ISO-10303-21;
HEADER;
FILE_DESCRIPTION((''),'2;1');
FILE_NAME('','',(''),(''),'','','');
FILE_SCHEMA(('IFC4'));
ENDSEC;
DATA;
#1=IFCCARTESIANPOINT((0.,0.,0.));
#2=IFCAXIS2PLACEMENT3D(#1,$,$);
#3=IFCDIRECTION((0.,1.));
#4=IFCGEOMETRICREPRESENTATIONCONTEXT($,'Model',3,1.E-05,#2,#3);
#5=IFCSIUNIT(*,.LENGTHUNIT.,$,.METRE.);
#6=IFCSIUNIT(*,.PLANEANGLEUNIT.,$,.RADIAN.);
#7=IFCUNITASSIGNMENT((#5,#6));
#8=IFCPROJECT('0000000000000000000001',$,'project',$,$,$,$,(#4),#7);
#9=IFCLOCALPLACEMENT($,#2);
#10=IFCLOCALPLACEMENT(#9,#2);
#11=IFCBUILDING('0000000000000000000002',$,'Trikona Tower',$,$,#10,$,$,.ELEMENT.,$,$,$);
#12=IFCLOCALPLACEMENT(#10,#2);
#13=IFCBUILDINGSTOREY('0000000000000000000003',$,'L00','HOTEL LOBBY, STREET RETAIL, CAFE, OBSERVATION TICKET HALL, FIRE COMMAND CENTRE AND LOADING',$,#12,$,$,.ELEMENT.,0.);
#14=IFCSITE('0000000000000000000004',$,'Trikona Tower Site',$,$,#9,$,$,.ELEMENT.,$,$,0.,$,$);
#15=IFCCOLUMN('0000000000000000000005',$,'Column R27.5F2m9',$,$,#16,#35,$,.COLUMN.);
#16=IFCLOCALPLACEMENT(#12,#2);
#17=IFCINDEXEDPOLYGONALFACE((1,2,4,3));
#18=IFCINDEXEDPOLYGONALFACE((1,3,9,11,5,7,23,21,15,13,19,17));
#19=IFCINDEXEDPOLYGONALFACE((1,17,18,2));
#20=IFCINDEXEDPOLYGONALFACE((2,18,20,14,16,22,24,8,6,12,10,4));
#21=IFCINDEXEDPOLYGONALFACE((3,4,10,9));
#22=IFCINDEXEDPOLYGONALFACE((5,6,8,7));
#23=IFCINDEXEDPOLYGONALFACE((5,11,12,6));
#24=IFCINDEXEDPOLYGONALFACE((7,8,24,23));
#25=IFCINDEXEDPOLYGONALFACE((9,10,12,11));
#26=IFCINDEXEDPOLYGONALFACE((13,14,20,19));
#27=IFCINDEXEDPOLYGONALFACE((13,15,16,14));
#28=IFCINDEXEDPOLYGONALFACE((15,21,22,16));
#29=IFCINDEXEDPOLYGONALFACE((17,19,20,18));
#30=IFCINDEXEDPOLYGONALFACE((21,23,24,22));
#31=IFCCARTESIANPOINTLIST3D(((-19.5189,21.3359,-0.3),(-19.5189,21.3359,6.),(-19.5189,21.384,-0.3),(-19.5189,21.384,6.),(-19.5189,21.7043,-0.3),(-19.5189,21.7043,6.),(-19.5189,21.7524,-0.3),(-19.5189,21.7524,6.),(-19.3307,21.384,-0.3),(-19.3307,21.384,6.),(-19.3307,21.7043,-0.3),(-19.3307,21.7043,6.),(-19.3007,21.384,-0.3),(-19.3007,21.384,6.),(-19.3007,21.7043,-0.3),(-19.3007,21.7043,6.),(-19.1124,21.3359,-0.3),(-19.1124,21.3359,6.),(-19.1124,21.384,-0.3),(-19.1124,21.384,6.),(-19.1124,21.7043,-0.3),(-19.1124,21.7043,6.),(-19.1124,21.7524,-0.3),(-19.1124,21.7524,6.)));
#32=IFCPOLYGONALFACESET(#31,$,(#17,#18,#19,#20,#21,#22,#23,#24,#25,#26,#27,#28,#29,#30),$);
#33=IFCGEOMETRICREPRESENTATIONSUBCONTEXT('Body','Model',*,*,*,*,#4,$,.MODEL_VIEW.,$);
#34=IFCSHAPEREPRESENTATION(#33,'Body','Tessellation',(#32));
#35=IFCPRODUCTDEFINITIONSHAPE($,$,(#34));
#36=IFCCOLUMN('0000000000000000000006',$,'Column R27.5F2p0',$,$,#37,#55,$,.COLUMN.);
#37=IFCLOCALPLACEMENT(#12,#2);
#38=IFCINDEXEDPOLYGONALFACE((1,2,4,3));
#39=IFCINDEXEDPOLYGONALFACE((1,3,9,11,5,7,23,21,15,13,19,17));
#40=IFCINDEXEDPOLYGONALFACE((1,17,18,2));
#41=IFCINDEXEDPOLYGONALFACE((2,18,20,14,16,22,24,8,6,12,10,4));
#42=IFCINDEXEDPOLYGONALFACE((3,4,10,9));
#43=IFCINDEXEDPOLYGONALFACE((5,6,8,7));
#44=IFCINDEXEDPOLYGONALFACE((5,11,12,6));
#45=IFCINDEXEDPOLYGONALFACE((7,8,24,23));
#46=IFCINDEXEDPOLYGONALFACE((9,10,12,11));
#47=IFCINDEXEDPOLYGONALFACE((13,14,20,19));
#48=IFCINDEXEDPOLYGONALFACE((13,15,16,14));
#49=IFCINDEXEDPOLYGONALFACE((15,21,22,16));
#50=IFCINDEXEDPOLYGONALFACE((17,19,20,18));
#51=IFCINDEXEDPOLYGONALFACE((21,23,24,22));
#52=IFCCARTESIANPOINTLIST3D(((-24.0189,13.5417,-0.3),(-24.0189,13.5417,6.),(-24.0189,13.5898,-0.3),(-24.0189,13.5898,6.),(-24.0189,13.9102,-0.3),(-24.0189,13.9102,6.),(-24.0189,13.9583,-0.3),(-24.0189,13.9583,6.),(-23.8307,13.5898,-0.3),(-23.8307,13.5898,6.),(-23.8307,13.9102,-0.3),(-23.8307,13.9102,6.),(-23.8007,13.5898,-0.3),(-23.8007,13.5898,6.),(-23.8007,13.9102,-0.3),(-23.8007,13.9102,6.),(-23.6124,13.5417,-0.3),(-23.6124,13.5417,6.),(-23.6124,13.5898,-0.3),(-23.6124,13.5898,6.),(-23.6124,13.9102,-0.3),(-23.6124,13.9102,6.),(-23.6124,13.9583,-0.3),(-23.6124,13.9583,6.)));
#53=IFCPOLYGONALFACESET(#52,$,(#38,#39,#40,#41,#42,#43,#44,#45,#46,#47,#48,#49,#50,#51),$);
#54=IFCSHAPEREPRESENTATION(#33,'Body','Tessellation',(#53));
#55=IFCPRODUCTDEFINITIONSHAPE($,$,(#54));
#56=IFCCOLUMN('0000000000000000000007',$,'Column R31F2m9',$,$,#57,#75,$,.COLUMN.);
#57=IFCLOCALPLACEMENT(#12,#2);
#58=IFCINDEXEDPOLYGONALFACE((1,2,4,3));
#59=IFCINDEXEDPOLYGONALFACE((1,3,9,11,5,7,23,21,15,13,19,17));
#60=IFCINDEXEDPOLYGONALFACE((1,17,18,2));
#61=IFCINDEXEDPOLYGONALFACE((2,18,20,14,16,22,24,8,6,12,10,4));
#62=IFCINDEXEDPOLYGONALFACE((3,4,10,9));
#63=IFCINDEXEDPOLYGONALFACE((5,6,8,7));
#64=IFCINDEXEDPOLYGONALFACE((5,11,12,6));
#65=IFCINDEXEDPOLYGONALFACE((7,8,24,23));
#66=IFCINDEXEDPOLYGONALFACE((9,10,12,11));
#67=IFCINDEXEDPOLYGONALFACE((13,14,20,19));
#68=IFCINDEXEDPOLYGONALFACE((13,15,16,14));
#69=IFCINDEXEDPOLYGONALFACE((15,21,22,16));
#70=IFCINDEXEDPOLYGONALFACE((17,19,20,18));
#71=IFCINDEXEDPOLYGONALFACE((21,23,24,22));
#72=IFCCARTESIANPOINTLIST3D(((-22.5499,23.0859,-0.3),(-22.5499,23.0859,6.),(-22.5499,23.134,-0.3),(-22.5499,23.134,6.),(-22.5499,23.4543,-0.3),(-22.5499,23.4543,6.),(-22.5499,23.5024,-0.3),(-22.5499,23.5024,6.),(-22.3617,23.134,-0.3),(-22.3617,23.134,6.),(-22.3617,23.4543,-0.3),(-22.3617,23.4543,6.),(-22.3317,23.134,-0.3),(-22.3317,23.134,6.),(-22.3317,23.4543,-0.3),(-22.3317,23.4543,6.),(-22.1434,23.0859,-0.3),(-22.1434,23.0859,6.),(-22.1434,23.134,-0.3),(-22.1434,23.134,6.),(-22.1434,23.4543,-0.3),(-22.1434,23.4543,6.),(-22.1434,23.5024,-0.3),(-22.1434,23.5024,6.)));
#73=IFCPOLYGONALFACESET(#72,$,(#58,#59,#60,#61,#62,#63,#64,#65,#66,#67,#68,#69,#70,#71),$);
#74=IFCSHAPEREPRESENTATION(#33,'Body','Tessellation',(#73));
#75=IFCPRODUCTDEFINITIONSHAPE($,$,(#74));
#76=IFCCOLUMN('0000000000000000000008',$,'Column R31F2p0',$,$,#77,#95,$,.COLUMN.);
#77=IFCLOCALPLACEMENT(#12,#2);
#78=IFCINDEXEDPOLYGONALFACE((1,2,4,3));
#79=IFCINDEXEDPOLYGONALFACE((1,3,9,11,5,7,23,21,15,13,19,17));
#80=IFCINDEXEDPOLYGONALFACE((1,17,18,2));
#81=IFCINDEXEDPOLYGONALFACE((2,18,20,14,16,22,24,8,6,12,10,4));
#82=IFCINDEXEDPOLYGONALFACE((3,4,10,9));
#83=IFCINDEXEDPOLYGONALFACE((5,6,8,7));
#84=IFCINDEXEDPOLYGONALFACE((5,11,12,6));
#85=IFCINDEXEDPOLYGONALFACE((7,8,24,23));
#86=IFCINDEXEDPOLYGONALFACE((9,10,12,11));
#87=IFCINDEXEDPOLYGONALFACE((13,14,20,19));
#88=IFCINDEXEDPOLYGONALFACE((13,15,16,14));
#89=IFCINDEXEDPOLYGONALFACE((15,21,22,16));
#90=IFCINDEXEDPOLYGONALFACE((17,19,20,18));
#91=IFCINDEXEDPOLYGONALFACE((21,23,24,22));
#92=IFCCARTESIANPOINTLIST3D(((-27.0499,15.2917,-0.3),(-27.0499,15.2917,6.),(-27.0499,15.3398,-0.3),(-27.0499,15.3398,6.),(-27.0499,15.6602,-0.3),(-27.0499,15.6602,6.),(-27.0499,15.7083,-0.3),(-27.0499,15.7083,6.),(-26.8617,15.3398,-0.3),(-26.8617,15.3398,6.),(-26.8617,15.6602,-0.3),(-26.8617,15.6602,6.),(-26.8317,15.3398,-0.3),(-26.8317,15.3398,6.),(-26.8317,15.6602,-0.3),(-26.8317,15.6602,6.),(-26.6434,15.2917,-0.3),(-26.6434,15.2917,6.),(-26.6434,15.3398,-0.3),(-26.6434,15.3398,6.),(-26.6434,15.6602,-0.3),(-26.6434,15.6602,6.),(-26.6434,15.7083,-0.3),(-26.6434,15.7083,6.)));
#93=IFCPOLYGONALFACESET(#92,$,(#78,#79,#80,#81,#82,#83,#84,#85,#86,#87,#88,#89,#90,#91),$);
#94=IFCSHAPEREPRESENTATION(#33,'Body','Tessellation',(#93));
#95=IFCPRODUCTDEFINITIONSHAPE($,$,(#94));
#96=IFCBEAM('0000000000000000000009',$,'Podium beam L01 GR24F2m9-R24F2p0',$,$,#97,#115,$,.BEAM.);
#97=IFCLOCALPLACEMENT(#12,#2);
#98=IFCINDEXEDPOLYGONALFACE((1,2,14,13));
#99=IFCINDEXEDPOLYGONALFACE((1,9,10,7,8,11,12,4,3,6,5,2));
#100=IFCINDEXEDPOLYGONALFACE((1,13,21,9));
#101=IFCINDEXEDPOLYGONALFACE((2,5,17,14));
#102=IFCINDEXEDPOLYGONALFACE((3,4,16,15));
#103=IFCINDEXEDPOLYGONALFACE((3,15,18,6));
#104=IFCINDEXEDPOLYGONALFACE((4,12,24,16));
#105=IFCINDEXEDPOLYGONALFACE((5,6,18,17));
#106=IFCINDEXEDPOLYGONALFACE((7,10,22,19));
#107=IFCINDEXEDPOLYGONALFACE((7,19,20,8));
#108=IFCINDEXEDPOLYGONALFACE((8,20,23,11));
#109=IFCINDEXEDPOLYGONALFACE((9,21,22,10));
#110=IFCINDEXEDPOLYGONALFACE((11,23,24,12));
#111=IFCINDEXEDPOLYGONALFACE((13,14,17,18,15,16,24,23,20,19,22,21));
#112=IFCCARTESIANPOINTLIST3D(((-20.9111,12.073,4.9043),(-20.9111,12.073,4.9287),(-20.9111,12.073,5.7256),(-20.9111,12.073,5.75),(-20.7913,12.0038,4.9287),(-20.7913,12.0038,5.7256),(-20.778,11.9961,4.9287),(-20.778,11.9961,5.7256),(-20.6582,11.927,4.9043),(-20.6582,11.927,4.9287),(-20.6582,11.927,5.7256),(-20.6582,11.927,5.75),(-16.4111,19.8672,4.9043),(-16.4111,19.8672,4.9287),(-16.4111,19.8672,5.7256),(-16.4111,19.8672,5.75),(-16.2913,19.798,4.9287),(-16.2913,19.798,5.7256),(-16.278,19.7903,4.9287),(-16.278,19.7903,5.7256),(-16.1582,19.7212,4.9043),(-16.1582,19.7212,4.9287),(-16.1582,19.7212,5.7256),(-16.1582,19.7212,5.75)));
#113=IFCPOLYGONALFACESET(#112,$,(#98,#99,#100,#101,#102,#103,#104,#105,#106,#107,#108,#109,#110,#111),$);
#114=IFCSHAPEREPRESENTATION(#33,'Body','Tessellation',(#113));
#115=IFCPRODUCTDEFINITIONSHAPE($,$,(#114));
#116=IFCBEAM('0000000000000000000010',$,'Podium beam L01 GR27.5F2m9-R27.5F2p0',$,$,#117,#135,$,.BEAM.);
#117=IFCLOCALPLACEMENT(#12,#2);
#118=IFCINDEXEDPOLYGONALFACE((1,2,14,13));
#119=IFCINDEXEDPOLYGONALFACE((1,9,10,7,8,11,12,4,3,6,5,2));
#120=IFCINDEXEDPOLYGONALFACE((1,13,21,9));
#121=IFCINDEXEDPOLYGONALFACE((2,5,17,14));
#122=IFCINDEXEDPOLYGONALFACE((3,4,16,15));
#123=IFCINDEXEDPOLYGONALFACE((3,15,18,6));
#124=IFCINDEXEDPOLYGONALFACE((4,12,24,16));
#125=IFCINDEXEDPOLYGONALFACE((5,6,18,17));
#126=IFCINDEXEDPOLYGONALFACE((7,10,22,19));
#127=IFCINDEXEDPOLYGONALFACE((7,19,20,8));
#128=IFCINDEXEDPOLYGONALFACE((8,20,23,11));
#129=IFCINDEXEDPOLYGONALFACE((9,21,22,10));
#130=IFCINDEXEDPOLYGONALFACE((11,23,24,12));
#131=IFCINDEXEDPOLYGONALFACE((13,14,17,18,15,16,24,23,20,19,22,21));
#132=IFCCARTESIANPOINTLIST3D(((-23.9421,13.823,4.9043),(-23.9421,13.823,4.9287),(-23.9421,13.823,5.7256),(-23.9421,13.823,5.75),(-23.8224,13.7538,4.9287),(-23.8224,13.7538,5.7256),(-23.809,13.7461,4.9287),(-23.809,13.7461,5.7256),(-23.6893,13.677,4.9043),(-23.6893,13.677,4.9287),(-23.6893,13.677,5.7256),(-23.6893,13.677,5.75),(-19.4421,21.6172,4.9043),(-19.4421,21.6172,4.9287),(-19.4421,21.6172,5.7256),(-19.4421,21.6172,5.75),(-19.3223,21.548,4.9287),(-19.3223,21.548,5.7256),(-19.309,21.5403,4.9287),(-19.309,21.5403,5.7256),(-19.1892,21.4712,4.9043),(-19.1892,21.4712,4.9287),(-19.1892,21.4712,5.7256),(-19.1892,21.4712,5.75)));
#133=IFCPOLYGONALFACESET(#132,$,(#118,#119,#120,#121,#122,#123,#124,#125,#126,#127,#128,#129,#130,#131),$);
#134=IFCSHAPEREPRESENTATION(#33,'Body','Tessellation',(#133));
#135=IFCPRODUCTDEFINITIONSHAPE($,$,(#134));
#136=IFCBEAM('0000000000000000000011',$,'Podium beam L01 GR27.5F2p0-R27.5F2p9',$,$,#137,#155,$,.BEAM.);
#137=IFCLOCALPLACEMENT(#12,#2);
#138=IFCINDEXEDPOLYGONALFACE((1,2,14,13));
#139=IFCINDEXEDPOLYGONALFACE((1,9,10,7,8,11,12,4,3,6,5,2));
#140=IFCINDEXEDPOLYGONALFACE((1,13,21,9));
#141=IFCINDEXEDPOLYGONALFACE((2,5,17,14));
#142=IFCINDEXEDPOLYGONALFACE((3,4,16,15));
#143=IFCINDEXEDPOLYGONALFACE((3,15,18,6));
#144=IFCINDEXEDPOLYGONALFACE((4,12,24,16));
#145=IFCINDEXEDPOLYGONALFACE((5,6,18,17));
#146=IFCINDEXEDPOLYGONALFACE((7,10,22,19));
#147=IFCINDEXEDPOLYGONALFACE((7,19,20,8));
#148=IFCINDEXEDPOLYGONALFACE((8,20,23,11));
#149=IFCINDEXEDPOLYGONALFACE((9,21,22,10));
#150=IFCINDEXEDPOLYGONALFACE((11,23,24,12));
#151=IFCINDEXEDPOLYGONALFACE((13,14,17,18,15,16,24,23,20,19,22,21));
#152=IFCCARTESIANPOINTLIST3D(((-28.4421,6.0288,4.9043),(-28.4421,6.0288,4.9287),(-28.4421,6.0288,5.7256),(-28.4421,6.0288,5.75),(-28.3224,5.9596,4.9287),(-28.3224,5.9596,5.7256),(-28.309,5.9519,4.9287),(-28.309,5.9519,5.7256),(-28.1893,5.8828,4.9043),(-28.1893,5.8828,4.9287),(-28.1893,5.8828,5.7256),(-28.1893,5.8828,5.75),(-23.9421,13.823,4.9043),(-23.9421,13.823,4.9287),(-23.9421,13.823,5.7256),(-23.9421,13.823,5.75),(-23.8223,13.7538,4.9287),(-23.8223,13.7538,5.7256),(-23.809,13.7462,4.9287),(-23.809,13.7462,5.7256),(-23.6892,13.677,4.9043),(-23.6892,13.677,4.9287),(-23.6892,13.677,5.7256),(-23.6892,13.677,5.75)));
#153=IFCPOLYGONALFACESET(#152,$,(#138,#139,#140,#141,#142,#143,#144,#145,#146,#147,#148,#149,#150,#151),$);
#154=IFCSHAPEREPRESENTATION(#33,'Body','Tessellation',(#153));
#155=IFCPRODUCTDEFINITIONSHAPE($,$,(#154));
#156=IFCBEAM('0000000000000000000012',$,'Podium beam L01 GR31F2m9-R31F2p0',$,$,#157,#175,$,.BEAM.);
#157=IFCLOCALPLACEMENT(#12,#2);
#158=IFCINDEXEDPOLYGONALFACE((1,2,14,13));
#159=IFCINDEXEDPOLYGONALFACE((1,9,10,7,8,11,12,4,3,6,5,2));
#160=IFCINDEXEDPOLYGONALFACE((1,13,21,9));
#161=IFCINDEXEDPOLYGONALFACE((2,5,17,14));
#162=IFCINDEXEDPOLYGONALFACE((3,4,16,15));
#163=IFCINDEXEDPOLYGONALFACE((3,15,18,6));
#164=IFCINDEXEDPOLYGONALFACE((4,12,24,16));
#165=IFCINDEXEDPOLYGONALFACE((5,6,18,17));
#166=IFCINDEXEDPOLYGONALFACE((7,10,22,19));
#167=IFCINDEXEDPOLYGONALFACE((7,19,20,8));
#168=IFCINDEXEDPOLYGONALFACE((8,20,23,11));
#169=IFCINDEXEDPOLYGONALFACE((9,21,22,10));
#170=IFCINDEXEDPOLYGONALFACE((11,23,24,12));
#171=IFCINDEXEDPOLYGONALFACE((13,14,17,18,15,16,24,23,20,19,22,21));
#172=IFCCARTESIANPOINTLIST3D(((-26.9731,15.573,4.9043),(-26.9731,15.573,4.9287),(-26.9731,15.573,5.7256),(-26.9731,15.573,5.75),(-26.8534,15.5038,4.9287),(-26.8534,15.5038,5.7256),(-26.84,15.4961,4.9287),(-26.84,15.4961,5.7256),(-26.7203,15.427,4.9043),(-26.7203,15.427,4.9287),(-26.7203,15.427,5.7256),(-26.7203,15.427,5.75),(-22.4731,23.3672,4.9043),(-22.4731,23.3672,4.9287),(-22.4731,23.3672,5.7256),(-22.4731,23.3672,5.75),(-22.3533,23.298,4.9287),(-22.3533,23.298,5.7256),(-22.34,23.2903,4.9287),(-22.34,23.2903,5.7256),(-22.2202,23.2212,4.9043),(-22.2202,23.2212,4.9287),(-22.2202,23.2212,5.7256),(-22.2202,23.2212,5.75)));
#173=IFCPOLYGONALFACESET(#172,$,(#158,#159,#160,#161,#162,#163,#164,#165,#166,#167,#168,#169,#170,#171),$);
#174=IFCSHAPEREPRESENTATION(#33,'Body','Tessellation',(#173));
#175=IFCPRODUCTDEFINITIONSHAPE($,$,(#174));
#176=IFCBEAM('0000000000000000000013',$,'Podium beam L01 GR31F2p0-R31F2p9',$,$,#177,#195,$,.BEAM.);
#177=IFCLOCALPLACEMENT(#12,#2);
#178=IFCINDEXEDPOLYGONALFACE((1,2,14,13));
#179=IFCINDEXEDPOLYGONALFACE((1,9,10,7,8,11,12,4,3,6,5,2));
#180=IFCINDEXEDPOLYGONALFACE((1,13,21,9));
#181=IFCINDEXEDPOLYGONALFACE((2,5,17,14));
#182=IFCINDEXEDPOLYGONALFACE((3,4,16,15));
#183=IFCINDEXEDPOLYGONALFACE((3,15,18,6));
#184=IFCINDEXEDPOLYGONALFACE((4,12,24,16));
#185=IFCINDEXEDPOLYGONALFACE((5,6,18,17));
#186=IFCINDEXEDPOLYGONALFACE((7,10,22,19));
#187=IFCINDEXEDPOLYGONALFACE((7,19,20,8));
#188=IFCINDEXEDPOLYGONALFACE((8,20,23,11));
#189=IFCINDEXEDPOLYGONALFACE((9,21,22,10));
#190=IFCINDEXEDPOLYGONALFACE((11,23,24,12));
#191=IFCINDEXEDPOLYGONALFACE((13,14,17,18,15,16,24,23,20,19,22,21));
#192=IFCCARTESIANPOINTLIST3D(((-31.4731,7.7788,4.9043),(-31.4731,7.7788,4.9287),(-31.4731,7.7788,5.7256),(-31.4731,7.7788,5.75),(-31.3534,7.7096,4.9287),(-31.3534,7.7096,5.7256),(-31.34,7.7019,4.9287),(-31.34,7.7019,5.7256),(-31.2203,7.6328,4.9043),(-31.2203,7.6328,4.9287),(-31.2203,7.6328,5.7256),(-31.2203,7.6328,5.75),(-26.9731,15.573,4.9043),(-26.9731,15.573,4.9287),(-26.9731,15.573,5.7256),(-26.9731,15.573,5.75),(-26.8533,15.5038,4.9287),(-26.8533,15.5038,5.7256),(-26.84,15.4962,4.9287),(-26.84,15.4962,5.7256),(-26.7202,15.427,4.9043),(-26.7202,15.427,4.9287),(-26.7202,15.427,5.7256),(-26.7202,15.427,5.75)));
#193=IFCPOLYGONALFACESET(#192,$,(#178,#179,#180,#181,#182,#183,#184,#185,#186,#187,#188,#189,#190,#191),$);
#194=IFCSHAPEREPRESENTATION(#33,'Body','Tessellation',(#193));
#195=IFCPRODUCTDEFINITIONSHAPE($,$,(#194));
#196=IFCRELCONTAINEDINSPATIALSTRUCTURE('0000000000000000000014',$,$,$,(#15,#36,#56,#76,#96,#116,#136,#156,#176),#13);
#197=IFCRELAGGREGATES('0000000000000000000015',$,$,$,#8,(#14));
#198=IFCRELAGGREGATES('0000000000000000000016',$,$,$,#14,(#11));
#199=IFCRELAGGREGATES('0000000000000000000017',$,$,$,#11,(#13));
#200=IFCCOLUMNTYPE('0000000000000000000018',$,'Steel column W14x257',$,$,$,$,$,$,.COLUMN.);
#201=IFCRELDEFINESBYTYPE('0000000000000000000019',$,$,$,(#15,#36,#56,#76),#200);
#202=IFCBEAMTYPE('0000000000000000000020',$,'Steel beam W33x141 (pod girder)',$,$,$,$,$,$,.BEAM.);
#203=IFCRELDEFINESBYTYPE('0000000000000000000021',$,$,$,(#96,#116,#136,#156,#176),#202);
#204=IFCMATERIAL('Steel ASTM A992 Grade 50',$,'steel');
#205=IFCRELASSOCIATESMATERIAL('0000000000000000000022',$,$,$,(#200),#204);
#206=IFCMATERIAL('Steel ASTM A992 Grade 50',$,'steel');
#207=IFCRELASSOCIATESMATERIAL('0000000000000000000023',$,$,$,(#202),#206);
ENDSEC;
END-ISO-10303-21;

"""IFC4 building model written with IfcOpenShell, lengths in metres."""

from ifc_helpers import new_model, si_unit, direction, frame, origin, origin_2d, place, context, subcontext, project, spatial, i_section, extrude, material, material_profile, profile_set, type_object, element, save


model = new_model("IFC4")

# Units and contexts
model_context = context("Model", 3, precision=1e-05, world=origin(), true_north=direction((0.0, 1.0)))
body_context = subcontext(model_context, "Body", "Model", "MODEL_VIEW")
ifc_project = project(units=[si_unit("LENGTHUNIT", "METRE"), si_unit("PLANEANGLEUNIT", "RADIAN")], contexts=[model_context])

# Site, building, storey
site_placement = place(None, origin())
site = spatial("IfcSite", under=ifc_project, at=site_placement, Name="Trikona Tower Site", CompositionType="ELEMENT", RefElevation=0.0)
building_placement = place(site_placement, origin())
building = spatial("IfcBuilding", under=site, at=building_placement, Name="Trikona Tower", CompositionType="ELEMENT")
storey_placement = place(building_placement, origin())
storey = spatial("IfcBuildingStorey", under=building, at=storey_placement, Name="L00", Description="HOTEL LOBBY, STREET RETAIL, CAFE, OBSERVATION TICKET HALL, FIRE COMMAND CENTRE AND LOADING", CompositionType="ELEMENT", Elevation=0.0)

# Columns
ifc_material_1 = material(Name="Steel ASTM A992 Grade 50", Category="steel")
ifc_material_profile_1 = material_profile(ifc_material_1, i_section(OverallWidth=0.4065, OverallDepth=0.4165, WebThickness=0.03, FlangeThickness=0.0481, at=origin_2d()), Name="W14X257")
ifc_profile_set_1 = profile_set([ifc_material_profile_1], Name="Steel ASTM A992 Grade 50")
column_type = type_object("IfcColumnType", Name="Steel column W14x257", PredefinedType="COLUMN", material=ifc_profile_set_1)
for number, where, z_axis, x_axis, name in (
    (1, (-19.3157, 21.5442, -0.3), (0.0, 0.0, 1.0), (1.0, 0.0, 0.0), "Column R27.5F2m9"),
    (2, (-23.8157, 13.75, -0.3), (0.0, 0.0, 1.0), (1.0, 0.0, 0.0), "Column R27.5F2p0"),
    (3, (-22.3467, 23.2942, -0.3), (0.0, 0.0, 1.0), (1.0, 0.0, 0.0), "Column R31F2m9"),
    (4, (-26.8467, 15.5, -0.3), (0.0, 0.0, 1.0), (1.0, 0.0, 0.0), "Column R31F2p0"),
):
    element("IfcColumn", number, at=place(storey_placement, frame(where, z_axis=z_axis, x_axis=x_axis)), inside=storey, type_object=column_type, Name=name, PredefinedType="COLUMN", context=body_context, shape_type="SweptSolid", body=[
        extrude(i_section(OverallWidth=0.4065, OverallDepth=0.4165, WebThickness=0.03, FlangeThickness=0.0481, at=origin_2d()), origin(), (0.0, 0.0, 1.0), 6.3),
    ])

# Beams
ifc_material_2 = material(Name="Steel ASTM A992 Grade 50", Category="steel")
ifc_material_profile_2 = material_profile(ifc_material_2, i_section(OverallWidth=0.292, OverallDepth=0.8457, WebThickness=0.0154, FlangeThickness=0.0244, at=origin_2d()), Name="W33X141")
ifc_profile_set_2 = profile_set([ifc_material_profile_2], Name="Steel ASTM A992 Grade 50")
beam_type = type_object("IfcBeamType", Name="Steel beam W33x141 (pod girder)", PredefinedType="BEAM", material=ifc_profile_set_2)
for number, where, z_axis, x_axis, name in (
    (5, (-16.2847, 19.7942, 5.3271), (-0.500002, -0.866024, 0.0), (0.866024, -0.500002, 0.0), "Podium beam L01 GR24F2m9-R24F2p0"),
    (6, (-19.3157, 21.5442, 5.3271), (-0.500002, -0.866024, 0.0), (0.866024, -0.500002, 0.0), "Podium beam L01 GR27.5F2m9-R27.5F2p0"),
    (7, (-23.8157, 13.75, 5.3271), (-0.500002, -0.866024, 0.0), (0.866024, -0.500002, 0.0), "Podium beam L01 GR27.5F2p0-R27.5F2p9"),
    (8, (-22.3467, 23.2942, 5.3271), (-0.500002, -0.866024, 0.0), (0.866024, -0.500002, 0.0), "Podium beam L01 GR31F2m9-R31F2p0"),
    (9, (-26.8467, 15.5, 5.3271), (-0.500002, -0.866024, 0.0), (0.866024, -0.500002, 0.0), "Podium beam L01 GR31F2p0-R31F2p9"),
):
    element("IfcBeam", number, at=place(storey_placement, frame(where, z_axis=z_axis, x_axis=x_axis)), inside=storey, type_object=beam_type, Name=name, PredefinedType="BEAM", context=body_context, shape_type="SweptSolid", body=[
        extrude(i_section(OverallWidth=0.292, OverallDepth=0.8457, WebThickness=0.0154, FlangeThickness=0.0244, at=origin_2d()), origin(), (0.0, 0.0, 1.0), 9.0),
    ])

save(model, "model.ifc")
